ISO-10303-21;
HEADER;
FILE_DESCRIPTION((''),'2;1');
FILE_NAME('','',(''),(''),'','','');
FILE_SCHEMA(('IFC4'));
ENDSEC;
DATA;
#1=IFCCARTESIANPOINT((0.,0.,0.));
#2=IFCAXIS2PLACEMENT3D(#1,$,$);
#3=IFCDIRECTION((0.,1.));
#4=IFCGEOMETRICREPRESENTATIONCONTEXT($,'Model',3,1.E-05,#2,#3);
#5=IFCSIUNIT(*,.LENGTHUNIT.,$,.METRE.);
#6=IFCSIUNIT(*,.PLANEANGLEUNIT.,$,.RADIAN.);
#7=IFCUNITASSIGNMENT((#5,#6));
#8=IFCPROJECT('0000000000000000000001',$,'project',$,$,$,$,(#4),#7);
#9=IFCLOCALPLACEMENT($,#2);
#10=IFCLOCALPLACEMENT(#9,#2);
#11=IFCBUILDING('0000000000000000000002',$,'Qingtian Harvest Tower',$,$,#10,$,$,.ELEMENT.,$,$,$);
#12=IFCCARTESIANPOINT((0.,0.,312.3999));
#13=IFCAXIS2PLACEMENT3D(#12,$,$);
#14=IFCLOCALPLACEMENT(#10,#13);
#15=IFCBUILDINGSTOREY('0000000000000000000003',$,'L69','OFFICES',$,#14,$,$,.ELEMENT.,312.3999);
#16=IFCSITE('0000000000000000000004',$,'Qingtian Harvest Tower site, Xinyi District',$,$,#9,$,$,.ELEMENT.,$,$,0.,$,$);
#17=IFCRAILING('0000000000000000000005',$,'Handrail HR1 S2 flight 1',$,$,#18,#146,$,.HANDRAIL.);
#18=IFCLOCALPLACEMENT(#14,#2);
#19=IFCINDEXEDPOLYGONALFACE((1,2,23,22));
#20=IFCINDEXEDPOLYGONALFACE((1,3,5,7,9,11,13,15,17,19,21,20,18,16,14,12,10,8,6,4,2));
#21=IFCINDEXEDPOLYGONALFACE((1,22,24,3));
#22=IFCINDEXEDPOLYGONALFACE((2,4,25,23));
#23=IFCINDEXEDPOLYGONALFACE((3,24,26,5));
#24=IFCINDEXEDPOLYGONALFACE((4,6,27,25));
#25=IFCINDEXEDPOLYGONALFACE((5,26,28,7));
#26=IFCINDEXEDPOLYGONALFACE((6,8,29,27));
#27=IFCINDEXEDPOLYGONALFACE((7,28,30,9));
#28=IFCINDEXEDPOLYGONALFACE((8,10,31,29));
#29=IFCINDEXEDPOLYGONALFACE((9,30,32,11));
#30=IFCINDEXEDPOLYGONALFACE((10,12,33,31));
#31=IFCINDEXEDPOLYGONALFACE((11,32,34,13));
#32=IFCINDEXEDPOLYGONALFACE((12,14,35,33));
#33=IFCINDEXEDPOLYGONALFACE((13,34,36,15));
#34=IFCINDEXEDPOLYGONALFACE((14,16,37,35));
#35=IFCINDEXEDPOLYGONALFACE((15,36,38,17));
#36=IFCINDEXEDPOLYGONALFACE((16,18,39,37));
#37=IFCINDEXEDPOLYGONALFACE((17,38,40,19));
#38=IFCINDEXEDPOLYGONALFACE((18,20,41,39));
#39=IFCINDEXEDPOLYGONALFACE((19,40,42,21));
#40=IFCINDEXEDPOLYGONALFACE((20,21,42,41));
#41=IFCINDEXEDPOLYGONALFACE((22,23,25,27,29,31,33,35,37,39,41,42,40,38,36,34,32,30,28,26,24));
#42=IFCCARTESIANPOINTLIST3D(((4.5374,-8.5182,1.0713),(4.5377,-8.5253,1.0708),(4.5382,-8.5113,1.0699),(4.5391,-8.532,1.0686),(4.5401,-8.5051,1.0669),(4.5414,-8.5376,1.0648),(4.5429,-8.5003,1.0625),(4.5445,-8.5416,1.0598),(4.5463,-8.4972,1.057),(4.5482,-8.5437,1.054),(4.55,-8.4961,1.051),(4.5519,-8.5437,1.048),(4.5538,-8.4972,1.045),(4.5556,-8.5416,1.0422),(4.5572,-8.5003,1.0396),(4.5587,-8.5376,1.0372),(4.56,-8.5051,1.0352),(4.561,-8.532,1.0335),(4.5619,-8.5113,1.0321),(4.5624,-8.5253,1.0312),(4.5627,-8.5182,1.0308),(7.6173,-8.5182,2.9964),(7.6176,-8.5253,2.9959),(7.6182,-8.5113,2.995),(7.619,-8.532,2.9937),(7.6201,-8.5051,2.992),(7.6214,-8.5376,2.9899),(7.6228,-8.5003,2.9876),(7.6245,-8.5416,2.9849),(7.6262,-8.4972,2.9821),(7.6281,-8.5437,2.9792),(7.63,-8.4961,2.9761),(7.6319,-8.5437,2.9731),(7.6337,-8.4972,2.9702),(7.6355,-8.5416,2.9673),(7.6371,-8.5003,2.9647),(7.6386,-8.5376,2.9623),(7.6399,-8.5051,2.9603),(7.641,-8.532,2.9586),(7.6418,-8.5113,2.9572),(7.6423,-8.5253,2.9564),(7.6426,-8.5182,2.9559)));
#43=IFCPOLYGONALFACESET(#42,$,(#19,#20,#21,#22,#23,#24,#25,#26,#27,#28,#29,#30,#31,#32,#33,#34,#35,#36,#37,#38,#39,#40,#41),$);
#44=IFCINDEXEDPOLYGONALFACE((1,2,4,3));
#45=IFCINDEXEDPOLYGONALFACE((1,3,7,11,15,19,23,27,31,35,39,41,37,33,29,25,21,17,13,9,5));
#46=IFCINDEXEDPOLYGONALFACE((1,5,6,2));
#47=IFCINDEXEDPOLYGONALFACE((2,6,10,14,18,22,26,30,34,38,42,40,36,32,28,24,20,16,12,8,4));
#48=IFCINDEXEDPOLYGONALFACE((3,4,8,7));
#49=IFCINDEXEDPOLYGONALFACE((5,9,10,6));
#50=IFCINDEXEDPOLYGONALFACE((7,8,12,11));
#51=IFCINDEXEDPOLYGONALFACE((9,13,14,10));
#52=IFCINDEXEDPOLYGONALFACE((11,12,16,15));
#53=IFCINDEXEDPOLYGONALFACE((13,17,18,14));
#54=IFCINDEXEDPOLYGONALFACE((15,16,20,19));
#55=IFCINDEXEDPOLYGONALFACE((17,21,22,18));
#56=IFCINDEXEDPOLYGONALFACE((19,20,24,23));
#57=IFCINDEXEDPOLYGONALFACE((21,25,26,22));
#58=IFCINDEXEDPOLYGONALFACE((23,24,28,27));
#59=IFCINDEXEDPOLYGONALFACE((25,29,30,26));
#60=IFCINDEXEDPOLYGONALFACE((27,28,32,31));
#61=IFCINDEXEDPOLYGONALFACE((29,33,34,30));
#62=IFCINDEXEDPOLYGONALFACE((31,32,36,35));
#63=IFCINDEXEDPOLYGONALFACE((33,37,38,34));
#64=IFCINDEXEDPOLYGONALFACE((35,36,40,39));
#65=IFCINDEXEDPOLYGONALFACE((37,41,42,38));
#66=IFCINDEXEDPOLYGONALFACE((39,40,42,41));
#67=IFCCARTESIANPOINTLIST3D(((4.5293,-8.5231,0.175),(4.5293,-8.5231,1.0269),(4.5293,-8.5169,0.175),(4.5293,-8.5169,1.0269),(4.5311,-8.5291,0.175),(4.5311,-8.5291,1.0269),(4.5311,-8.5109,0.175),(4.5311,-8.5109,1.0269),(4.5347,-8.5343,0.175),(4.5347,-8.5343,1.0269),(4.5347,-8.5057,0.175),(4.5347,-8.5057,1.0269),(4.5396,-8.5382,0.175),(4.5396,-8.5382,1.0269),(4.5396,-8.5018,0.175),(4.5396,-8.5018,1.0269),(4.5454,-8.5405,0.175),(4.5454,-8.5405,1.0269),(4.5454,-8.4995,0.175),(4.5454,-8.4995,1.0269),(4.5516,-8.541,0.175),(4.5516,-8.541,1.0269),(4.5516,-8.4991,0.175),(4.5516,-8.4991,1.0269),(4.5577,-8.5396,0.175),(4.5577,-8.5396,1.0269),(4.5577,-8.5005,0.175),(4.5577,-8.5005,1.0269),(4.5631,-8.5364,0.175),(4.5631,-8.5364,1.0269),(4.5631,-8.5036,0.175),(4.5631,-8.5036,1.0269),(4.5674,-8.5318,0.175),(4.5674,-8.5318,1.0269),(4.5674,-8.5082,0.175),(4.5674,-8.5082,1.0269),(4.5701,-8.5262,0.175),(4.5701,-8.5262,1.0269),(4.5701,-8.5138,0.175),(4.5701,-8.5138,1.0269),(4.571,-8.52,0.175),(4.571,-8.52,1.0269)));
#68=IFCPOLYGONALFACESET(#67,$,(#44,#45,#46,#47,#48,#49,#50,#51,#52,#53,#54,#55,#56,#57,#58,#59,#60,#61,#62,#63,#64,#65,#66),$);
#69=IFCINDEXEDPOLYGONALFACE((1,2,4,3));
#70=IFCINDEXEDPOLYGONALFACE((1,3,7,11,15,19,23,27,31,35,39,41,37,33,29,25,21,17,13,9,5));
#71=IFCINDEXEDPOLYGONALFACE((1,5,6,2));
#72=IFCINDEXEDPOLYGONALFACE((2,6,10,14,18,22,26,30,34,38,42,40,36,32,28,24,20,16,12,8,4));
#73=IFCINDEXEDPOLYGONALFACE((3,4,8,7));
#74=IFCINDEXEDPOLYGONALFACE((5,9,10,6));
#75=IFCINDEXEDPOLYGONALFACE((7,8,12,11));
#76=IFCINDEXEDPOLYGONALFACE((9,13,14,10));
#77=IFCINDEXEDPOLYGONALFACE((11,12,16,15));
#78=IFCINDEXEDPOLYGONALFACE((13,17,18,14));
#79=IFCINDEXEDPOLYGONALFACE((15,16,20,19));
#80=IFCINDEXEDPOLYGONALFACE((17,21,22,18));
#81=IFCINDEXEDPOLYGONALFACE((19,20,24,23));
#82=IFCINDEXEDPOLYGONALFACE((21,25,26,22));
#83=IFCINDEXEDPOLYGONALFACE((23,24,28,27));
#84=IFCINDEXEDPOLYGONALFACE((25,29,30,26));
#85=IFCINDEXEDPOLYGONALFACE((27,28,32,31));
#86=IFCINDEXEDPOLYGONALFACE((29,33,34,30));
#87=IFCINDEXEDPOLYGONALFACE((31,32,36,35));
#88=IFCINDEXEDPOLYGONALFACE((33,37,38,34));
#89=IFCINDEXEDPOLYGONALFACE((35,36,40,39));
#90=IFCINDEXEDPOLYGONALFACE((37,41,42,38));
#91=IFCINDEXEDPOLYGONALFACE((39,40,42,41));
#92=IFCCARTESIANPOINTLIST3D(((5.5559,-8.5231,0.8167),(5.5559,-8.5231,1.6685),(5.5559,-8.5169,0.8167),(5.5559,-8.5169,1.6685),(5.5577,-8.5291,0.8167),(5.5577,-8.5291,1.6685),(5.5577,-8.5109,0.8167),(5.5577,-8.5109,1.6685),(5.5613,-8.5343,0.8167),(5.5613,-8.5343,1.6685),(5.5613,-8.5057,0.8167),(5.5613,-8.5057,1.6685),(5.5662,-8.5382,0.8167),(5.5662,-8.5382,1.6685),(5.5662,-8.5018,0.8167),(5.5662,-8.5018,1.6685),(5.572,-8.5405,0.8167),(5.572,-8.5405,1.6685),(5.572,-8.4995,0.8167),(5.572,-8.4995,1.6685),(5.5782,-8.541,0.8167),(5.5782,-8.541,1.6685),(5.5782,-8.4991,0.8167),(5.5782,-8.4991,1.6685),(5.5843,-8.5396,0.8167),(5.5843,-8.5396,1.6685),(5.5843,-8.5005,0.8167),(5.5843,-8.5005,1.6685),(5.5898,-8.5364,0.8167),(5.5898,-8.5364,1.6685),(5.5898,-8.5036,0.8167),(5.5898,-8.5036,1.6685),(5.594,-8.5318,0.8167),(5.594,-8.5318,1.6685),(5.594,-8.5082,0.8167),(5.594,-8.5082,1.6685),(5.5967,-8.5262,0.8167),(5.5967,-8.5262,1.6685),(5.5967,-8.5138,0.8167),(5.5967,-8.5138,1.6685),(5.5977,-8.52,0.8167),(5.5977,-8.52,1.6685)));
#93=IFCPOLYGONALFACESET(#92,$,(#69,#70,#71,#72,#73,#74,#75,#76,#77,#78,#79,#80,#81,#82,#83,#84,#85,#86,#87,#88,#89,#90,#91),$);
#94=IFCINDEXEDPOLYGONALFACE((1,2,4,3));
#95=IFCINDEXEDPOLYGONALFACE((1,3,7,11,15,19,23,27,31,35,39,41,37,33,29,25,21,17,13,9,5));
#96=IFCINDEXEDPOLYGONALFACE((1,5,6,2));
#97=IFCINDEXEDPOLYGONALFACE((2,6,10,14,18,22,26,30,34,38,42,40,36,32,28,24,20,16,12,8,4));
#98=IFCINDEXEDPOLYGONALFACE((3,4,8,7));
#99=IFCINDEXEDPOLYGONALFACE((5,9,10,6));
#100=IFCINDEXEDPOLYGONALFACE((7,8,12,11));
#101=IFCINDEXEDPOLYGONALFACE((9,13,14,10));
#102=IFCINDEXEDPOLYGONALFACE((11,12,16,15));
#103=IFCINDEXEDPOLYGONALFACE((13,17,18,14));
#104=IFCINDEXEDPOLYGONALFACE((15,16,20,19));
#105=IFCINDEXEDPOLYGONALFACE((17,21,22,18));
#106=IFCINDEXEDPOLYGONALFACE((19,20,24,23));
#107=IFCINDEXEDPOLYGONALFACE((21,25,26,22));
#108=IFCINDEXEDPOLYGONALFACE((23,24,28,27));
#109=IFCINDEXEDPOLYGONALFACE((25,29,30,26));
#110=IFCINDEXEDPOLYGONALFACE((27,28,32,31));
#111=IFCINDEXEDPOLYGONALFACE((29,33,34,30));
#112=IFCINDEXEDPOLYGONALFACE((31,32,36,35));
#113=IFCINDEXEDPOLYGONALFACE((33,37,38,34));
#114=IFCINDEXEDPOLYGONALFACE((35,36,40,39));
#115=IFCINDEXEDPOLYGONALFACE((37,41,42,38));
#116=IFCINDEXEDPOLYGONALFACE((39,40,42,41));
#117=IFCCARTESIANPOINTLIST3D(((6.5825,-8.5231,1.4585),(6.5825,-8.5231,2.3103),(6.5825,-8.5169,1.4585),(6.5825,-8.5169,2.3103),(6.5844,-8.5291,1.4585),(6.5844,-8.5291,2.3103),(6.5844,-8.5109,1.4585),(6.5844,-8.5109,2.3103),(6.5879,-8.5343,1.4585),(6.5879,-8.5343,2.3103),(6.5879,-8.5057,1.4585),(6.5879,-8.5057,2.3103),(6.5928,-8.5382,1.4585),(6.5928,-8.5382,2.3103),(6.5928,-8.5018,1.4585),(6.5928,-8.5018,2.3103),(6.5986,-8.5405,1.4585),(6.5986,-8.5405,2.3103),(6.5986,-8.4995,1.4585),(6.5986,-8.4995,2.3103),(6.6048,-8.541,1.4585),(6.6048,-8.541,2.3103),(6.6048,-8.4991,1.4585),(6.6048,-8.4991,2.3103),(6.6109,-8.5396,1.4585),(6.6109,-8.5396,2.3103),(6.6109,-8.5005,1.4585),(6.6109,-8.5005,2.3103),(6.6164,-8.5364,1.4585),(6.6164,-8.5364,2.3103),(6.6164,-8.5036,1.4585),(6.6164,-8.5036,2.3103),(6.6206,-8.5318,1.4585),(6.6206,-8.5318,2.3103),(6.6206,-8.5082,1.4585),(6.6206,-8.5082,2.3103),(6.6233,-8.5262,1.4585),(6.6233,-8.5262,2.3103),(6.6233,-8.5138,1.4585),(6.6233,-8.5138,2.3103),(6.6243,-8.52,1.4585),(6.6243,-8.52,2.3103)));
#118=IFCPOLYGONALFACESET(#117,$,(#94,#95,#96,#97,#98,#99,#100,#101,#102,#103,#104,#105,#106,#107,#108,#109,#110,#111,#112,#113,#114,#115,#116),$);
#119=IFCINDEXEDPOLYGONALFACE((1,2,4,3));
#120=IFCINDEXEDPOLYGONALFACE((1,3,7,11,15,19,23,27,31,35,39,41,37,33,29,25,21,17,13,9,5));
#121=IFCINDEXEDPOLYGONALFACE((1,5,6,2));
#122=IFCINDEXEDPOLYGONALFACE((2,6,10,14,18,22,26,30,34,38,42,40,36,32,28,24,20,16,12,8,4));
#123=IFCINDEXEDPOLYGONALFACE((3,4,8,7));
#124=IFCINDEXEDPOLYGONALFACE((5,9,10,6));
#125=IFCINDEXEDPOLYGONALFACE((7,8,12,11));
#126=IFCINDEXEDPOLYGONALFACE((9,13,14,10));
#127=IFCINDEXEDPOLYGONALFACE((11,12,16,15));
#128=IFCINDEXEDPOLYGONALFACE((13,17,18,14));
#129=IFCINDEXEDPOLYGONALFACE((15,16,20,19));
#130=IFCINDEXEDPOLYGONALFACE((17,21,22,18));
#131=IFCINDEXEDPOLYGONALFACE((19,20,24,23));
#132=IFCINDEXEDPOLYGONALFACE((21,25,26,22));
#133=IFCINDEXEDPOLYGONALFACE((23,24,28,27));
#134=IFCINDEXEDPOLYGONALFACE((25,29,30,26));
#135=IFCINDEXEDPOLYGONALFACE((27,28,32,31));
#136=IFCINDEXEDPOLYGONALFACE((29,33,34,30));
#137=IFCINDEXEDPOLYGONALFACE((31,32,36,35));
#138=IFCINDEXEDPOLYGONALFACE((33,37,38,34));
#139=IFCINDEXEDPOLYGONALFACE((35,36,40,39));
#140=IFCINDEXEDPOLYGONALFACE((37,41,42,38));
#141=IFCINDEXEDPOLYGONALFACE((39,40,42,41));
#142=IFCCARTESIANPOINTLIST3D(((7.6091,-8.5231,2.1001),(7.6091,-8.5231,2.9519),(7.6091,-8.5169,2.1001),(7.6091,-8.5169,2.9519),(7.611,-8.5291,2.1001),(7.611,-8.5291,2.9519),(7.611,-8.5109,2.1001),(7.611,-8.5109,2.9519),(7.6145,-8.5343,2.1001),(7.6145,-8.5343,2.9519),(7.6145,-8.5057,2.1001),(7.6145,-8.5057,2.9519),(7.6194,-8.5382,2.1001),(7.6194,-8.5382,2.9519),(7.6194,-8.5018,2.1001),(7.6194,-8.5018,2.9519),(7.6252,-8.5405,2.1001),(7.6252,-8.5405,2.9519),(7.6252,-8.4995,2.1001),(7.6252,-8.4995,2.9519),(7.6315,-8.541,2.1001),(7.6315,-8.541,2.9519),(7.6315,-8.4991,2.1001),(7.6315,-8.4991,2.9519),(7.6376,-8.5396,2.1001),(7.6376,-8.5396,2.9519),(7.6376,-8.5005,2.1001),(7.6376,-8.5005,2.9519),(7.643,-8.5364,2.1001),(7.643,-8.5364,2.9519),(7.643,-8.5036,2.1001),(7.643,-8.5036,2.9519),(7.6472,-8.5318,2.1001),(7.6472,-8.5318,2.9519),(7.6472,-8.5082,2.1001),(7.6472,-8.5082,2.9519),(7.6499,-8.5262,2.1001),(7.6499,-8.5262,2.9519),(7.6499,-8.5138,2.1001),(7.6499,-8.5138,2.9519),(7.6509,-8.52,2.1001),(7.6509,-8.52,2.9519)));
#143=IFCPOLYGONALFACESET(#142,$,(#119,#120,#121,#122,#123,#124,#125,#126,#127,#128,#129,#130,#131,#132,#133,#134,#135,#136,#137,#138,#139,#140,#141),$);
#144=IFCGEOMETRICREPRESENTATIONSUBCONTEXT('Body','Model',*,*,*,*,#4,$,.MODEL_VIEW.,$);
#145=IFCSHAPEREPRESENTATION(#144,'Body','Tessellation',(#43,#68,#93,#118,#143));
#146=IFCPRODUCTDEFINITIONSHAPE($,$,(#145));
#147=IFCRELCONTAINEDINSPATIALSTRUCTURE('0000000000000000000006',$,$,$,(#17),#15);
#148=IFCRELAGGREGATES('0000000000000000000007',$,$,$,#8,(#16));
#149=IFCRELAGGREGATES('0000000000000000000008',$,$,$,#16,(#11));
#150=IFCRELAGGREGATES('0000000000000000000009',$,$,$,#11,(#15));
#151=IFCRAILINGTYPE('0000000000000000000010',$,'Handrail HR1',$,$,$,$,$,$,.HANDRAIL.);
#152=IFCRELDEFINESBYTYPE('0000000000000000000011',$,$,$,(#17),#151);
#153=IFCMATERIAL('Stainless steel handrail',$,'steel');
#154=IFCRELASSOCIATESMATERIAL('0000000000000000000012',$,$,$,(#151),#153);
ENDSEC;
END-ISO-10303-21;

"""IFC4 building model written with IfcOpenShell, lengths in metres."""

from ifc_helpers import new_model, si_unit, direction, frame, origin, origin_2d, place, context, subcontext, project, spatial, circle, extrude, material, type_object, element, save


model = new_model("IFC4")

# Units and contexts
model_context = context("Model", 3, precision=1e-05, world=origin(), true_north=direction((0.0, 1.0)))
body_context = subcontext(model_context, "Body", "Model", "MODEL_VIEW")
ifc_project = project(units=[si_unit("LENGTHUNIT", "METRE"), si_unit("PLANEANGLEUNIT", "RADIAN")], contexts=[model_context])

# Site, building, storey
site_placement = place(None, origin())
site = spatial("IfcSite", under=ifc_project, at=site_placement, Name="Qingtian Harvest Tower site, Xinyi District", CompositionType="ELEMENT", RefElevation=0.0)
building_placement = place(site_placement, origin())
building = spatial("IfcBuilding", under=site, at=building_placement, Name="Qingtian Harvest Tower", CompositionType="ELEMENT")
storey_placement = place(building_placement, frame((0.0, 0.0, 312.3999)))
storey = spatial("IfcBuildingStorey", under=building, at=storey_placement, Name="L69", Description="OFFICES", CompositionType="ELEMENT", Elevation=312.3999)

# Railing
ifc_material_1 = material(Name="Stainless steel handrail", Category="steel")
railing_type = type_object("IfcRailingType", Name="Handrail HR1", PredefinedType="HANDRAIL", material=ifc_material_1)
railing_1_placement = place(storey_placement, frame((4.55, -8.52, 0.175)))
element("IfcRailing", 1, at=railing_1_placement, inside=storey, type_object=railing_type, Name="Handrail HR1 S2 flight 1", PredefinedType="HANDRAIL", context=body_context, shape_type="SweptSolid", body=[
    extrude(circle(Radius=0.0239, at=origin_2d()), frame((0.0, 0.0, 0.876), z_axis=(0.847979, 0.0, 0.530029), x_axis=(0.0, 1.0, 0.0)), (0.0, 0.0, 1.0), 3.6321),
    extrude(circle(Radius=0.021, at=origin_2d()), origin(), (0.0, 0.0, 1.0), 0.8518),
    extrude(circle(Radius=0.021, at=origin_2d()), frame((1.0266, 0.0, 0.6416)), (0.0, 0.0, 1.0), 0.8518),
    extrude(circle(Radius=0.021, at=origin_2d()), frame((2.0532, 0.0, 1.2834)), (0.0, 0.0, 1.0), 0.8518),
    extrude(circle(Radius=0.021, at=origin_2d()), frame((3.0798, 0.0, 1.925)), (0.0, 0.0, 1.0), 0.8518),
])

save(model, "model.ifc")
